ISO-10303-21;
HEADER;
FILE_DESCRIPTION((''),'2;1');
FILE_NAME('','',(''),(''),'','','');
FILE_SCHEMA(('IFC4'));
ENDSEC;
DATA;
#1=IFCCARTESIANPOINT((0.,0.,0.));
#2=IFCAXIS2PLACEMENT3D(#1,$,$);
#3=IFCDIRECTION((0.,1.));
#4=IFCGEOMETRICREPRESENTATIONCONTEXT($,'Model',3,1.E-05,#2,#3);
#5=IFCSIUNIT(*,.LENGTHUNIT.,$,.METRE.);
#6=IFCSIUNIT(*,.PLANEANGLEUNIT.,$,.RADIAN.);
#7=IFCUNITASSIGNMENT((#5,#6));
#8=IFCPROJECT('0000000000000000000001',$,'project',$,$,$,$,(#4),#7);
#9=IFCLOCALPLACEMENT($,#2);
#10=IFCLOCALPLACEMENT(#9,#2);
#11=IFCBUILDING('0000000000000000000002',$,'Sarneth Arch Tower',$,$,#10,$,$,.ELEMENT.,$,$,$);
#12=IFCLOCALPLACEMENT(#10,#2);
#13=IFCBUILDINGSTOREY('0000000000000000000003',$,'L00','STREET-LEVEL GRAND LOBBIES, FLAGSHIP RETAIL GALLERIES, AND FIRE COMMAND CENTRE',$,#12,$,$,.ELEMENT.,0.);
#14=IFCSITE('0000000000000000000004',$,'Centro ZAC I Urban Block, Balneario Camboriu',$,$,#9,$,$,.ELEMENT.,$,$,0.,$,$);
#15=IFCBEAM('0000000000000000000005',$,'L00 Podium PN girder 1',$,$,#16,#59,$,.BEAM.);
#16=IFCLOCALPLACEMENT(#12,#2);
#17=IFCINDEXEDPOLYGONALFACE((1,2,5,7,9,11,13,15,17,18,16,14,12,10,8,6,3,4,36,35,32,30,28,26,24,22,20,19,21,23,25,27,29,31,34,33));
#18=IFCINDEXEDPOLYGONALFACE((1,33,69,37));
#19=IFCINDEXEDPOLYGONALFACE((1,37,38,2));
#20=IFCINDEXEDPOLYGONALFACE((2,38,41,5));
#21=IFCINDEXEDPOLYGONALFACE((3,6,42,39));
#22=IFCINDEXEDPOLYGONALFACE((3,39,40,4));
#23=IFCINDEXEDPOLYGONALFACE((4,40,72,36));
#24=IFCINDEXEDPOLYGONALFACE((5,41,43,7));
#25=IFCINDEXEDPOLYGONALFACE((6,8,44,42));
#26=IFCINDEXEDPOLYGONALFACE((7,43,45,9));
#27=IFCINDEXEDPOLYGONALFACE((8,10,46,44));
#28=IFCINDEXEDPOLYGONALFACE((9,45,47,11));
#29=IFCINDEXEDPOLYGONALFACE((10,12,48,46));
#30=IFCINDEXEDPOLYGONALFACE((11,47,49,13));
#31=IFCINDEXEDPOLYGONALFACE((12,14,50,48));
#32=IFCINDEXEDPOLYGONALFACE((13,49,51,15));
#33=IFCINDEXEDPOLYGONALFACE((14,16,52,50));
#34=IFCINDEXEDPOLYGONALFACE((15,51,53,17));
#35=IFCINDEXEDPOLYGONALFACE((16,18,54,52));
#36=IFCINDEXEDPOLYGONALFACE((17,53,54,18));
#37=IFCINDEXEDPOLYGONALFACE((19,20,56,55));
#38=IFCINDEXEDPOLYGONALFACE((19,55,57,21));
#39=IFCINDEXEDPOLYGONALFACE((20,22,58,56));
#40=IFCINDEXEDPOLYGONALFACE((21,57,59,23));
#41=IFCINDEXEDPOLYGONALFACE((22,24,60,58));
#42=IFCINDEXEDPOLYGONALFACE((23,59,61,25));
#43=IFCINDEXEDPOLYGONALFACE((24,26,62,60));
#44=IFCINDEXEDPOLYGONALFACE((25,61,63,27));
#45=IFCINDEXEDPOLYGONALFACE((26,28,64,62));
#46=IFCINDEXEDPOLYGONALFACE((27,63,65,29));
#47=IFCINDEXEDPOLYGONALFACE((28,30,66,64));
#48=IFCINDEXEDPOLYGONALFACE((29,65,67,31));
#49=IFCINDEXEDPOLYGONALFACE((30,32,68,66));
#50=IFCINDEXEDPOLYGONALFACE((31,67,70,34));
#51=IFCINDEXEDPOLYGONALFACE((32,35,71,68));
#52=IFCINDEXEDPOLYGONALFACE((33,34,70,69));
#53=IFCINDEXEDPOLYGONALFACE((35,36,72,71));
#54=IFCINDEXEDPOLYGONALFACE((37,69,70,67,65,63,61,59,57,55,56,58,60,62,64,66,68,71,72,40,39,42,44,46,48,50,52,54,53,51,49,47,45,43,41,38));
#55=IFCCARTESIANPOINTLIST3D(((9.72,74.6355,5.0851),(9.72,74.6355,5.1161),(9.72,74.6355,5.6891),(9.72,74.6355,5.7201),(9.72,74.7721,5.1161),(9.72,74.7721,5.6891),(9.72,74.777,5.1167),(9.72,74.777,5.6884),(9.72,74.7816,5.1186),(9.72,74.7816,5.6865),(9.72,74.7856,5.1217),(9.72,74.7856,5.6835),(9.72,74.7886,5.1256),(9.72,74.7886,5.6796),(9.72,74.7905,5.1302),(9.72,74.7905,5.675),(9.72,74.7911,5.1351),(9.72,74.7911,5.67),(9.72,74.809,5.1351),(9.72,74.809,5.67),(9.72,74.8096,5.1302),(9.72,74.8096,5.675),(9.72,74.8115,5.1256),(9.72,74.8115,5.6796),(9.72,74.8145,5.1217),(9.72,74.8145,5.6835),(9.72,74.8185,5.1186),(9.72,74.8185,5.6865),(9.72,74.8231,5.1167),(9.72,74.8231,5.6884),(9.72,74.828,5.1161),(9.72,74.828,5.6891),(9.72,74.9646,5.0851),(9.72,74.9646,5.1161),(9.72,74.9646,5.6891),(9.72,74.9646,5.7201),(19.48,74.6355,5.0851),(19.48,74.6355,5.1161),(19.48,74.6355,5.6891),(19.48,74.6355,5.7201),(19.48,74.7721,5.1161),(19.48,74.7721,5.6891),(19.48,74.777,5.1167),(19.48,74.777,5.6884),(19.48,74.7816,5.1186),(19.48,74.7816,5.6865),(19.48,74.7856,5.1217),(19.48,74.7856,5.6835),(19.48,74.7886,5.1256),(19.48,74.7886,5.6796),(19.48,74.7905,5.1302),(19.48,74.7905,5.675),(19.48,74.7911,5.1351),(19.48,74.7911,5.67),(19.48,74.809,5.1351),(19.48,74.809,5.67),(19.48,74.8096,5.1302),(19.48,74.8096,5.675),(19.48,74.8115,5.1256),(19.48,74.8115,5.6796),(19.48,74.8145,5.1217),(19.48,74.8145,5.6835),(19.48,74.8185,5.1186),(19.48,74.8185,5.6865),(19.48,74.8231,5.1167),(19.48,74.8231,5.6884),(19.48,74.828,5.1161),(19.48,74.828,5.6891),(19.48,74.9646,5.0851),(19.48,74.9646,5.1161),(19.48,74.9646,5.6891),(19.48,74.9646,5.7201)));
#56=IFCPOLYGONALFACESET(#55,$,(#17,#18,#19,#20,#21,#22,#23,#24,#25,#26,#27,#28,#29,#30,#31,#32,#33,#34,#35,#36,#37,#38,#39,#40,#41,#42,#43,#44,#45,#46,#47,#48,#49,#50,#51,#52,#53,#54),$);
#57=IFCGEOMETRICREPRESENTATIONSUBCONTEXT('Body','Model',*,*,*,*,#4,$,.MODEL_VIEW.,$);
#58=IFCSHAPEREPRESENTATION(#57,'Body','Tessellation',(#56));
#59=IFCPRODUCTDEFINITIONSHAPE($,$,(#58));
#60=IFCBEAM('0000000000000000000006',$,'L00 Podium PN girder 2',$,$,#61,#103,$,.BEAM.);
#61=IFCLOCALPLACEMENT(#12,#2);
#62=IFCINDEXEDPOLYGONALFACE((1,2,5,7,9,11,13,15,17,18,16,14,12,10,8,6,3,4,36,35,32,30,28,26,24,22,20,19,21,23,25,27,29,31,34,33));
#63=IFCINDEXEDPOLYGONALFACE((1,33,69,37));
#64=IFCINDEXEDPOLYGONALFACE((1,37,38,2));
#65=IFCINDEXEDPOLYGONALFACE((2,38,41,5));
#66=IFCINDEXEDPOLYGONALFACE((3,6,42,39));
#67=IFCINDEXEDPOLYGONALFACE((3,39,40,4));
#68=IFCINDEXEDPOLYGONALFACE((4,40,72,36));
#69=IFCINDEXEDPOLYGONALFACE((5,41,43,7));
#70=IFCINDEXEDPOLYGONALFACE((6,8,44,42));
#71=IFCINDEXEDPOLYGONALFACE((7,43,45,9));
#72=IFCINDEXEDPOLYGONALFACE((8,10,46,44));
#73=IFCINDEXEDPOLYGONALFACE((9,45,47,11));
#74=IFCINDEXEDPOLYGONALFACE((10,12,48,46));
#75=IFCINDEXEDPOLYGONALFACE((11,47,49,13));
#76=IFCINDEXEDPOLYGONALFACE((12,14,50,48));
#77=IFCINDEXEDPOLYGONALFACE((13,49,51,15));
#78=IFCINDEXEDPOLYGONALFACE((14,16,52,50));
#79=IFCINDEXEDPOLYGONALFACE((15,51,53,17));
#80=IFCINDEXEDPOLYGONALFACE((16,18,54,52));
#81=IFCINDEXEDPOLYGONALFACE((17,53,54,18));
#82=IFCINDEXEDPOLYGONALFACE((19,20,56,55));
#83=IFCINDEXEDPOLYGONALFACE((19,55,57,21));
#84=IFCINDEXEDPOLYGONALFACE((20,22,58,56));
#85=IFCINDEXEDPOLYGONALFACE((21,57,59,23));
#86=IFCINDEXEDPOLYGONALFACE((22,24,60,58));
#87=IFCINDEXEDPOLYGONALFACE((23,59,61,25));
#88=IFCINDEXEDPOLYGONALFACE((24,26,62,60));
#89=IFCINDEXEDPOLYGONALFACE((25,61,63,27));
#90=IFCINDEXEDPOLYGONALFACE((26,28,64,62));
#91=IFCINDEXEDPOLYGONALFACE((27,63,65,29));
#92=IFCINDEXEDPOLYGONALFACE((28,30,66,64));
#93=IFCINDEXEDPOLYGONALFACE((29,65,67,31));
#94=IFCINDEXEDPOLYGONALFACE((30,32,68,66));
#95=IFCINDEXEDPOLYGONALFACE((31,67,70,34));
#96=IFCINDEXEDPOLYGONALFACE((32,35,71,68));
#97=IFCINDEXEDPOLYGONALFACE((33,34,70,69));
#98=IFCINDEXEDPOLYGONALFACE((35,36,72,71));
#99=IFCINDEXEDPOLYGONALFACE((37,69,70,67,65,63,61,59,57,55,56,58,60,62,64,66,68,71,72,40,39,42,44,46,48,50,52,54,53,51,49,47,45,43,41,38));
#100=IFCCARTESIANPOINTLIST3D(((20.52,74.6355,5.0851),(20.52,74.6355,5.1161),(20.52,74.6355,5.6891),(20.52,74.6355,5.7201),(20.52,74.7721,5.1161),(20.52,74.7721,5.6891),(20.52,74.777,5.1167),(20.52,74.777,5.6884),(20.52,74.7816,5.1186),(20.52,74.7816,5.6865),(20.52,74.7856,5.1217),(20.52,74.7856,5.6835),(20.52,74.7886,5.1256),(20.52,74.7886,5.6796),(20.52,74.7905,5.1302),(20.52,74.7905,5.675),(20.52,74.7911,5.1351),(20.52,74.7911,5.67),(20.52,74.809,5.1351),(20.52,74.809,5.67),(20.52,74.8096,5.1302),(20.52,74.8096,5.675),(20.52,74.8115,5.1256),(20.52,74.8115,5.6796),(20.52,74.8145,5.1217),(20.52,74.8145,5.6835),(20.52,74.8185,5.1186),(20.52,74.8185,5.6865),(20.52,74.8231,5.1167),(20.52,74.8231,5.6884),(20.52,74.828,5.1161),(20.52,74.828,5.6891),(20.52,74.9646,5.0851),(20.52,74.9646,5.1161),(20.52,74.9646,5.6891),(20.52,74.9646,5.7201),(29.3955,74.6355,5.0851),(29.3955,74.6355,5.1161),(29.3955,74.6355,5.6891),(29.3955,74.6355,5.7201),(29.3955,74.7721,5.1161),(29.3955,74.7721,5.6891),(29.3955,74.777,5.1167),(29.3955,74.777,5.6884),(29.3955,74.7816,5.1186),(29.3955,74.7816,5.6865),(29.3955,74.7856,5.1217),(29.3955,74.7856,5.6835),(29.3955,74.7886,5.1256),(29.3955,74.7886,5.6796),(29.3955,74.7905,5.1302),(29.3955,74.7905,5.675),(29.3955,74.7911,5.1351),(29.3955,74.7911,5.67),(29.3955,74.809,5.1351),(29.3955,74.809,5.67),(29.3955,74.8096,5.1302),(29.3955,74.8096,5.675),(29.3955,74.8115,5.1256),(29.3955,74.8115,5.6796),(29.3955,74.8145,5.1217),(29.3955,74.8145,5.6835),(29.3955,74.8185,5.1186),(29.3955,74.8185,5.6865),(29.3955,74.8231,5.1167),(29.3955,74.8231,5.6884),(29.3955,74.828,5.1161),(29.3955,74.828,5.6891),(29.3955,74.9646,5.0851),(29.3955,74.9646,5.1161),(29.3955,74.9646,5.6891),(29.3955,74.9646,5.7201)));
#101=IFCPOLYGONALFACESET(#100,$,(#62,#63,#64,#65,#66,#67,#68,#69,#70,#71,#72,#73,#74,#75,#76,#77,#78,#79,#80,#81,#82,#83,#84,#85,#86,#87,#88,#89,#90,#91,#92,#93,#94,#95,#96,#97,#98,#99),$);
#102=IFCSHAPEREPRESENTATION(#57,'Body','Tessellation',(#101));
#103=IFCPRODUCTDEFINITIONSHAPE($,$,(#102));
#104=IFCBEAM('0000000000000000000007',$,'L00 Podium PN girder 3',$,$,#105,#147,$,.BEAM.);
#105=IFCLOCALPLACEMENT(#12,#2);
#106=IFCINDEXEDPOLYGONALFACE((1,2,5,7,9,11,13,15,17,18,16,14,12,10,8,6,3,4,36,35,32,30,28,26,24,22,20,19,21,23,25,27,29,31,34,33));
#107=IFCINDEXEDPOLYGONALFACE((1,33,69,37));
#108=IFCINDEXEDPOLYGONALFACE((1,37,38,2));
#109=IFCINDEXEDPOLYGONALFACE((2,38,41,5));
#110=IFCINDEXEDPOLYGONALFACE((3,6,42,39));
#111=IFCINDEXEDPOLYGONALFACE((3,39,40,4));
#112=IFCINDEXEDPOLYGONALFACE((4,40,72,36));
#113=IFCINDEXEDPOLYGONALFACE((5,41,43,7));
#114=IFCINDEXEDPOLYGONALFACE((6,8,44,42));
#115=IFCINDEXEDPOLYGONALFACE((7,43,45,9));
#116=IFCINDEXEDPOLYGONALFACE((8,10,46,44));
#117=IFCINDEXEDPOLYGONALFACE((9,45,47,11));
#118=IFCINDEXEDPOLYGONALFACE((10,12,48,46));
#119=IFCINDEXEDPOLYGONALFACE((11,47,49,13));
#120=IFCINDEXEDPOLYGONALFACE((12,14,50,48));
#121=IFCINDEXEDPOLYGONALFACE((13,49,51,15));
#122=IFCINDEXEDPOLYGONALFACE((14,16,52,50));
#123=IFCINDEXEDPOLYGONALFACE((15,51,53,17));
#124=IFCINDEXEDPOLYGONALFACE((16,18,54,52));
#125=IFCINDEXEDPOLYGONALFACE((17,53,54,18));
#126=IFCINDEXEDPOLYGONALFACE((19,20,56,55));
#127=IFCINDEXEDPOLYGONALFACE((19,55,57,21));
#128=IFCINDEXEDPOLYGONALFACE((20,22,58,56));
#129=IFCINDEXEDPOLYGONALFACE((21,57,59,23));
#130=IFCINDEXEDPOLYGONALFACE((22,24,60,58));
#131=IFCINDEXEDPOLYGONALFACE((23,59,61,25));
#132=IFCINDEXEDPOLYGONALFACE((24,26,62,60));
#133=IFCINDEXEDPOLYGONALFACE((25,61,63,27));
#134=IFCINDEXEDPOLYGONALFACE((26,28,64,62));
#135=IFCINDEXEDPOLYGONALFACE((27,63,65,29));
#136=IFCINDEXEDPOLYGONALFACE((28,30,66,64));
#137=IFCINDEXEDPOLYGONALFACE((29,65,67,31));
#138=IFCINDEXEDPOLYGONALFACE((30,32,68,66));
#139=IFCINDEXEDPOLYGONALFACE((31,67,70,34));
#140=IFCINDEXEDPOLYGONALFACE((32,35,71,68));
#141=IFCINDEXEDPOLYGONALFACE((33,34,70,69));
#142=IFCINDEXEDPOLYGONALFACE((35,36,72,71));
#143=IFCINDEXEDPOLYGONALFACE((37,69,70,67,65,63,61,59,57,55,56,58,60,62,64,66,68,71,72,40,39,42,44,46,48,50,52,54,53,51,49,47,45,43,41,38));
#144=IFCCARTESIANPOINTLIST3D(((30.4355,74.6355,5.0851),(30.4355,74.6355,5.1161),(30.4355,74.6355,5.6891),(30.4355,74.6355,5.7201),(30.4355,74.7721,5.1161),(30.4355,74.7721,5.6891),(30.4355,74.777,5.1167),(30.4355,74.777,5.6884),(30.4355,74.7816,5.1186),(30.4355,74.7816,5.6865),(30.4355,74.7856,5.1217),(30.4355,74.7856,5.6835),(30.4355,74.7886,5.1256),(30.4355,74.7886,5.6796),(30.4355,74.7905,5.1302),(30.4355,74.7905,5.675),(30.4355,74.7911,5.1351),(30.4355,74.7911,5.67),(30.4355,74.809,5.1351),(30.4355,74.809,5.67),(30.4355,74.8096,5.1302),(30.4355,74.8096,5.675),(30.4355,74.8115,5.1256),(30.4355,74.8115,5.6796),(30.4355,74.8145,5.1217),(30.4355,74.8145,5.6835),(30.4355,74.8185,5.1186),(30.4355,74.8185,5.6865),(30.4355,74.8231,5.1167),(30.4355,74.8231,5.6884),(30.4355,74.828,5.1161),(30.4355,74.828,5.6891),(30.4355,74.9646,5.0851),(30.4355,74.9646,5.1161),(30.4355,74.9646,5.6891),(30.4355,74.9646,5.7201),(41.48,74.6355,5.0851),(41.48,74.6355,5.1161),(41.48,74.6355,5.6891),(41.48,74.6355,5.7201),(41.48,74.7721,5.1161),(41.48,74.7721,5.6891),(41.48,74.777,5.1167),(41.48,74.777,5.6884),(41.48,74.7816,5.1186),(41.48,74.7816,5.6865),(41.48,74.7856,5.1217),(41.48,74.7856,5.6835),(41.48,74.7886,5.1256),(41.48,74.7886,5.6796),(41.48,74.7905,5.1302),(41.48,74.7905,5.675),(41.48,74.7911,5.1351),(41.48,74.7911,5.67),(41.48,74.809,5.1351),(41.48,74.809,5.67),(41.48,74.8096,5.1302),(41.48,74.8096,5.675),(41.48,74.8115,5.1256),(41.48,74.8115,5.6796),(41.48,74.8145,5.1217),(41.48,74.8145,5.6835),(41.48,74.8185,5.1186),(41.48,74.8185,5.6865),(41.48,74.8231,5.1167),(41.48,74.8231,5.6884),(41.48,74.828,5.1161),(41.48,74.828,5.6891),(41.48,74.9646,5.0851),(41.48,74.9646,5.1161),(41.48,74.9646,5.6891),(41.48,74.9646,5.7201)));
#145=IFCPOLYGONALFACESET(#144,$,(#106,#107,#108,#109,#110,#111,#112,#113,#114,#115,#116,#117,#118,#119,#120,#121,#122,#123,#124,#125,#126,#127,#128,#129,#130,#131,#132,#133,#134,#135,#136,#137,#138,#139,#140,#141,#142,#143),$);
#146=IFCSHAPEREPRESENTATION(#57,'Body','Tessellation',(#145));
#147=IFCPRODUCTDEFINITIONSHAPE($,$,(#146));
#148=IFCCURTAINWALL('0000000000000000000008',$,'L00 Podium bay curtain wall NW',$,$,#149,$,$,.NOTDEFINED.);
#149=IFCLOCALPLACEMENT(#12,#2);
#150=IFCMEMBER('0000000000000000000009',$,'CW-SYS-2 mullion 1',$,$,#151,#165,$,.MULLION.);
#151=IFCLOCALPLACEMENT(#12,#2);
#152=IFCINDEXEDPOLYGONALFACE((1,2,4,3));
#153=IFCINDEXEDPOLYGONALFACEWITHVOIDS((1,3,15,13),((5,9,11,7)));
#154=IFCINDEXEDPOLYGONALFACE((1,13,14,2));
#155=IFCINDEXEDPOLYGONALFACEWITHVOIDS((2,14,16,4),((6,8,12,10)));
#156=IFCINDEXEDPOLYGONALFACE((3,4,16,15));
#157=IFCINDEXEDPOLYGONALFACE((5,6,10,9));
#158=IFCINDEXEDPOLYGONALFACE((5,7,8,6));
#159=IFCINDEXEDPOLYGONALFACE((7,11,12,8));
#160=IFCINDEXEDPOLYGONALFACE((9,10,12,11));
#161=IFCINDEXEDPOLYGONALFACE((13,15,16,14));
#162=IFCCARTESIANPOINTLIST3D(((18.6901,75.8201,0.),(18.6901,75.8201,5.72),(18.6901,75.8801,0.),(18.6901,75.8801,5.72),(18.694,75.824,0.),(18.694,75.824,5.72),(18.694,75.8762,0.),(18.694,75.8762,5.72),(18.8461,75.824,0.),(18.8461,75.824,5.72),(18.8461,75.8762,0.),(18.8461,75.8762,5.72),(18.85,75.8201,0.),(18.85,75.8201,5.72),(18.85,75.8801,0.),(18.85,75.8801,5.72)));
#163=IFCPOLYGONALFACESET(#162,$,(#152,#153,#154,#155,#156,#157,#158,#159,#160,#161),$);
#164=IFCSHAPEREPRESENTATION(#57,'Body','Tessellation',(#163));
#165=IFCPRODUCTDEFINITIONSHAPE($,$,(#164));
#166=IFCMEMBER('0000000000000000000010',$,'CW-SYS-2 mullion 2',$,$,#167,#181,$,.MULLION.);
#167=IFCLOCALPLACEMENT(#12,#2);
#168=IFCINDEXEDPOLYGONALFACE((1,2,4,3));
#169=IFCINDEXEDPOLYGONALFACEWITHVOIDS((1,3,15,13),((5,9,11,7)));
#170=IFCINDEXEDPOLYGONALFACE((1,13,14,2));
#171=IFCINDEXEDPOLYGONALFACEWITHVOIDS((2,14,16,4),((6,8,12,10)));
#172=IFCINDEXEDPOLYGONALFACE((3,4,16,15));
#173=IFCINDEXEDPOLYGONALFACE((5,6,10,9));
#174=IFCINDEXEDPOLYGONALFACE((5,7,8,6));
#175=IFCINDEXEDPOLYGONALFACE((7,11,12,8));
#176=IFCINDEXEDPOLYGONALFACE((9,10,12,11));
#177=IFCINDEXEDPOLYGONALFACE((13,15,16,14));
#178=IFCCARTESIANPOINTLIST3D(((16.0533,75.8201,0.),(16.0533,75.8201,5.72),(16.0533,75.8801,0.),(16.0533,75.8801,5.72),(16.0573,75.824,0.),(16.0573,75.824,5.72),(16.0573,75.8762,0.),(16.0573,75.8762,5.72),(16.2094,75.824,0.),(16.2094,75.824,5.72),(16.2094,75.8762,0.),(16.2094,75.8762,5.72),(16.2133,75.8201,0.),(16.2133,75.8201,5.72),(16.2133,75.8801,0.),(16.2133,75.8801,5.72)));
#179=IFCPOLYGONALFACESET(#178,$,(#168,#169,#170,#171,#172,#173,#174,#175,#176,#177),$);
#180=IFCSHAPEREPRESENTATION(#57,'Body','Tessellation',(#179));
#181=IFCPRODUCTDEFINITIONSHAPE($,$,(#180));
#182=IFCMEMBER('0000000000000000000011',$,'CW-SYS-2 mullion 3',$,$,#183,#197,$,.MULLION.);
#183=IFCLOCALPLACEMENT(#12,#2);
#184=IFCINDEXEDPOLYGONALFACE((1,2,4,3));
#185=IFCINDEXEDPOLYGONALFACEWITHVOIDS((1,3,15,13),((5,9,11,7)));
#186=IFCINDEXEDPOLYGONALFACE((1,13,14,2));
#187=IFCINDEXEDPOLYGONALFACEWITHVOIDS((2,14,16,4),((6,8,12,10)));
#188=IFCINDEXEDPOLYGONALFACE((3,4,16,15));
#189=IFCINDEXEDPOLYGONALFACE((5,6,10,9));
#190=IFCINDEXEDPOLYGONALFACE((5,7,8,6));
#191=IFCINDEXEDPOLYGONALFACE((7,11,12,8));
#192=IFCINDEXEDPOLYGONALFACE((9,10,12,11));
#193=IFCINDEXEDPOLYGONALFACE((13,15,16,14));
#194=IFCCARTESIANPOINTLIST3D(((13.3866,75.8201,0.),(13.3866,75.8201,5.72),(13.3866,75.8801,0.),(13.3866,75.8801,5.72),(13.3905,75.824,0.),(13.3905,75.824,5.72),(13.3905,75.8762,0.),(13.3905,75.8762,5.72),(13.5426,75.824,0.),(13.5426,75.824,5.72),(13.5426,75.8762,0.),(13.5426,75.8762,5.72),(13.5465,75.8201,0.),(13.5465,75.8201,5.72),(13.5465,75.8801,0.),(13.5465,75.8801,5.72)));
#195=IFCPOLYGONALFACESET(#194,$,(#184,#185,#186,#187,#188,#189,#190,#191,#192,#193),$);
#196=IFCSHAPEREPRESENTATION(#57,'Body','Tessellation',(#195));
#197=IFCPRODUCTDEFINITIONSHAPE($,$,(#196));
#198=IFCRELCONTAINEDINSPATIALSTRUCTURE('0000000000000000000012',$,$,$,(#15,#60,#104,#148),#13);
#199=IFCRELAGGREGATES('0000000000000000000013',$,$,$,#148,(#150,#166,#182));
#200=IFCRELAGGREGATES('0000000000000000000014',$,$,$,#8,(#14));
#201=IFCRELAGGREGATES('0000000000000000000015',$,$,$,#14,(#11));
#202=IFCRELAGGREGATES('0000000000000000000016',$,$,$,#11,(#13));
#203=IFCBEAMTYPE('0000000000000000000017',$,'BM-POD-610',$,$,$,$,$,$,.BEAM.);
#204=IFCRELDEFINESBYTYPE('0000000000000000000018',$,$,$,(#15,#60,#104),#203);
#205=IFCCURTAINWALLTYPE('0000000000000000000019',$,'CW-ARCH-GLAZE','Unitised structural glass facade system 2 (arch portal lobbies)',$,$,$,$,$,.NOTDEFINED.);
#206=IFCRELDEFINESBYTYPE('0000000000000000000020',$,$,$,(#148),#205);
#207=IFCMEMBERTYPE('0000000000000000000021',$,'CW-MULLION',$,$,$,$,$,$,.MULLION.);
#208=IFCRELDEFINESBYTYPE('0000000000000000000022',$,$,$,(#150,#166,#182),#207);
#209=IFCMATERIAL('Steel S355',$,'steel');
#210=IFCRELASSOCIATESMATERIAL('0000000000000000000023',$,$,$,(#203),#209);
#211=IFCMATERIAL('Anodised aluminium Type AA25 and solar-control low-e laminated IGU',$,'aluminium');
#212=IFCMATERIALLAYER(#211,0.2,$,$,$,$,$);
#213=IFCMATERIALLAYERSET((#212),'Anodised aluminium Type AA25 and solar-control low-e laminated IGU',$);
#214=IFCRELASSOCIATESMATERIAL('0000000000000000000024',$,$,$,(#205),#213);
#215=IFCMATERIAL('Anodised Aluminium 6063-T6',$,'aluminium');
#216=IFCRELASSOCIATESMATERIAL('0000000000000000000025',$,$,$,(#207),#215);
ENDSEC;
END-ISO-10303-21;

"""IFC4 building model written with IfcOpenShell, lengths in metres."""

from ifc_helpers import new_model, si_unit, direction, frame, origin, origin_2d, place, context, subcontext, project, spatial, hollow_rectangle, i_section, extrude, material, layer, layer_set, material_profile, profile_set, type_object, element, aggregate, save


model = new_model("IFC4")

# Units and contexts
model_context = context("Model", 3, precision=1e-05, world=origin(), true_north=direction((0.0, 1.0)))
body_context = subcontext(model_context, "Body", "Model", "MODEL_VIEW")
ifc_project = project(units=[si_unit("LENGTHUNIT", "METRE"), si_unit("PLANEANGLEUNIT", "RADIAN")], contexts=[model_context])

# Site, building, storey
site_placement = place(None, origin())
site = spatial("IfcSite", under=ifc_project, at=site_placement, Name="Centro ZAC I Urban Block, Balneario Camboriu", CompositionType="ELEMENT", RefElevation=0.0)
building_placement = place(site_placement, origin())
building = spatial("IfcBuilding", under=site, at=building_placement, Name="Sarneth Arch Tower", CompositionType="ELEMENT")
storey_placement = place(building_placement, origin())
storey = spatial("IfcBuildingStorey", under=building, at=storey_placement, Name="L00", Description="STREET-LEVEL GRAND LOBBIES, FLAGSHIP RETAIL GALLERIES, AND FIRE COMMAND CENTRE", CompositionType="ELEMENT", Elevation=0.0)

# Beams
ifc_material_1 = material(Name="Steel S355", Category="steel")
ifc_material_profile_1 = material_profile(ifc_material_1, i_section(OverallWidth=0.3291, OverallDepth=0.635, WebThickness=0.0178, FlangeThickness=0.031, FilletRadius=0.019, at=origin_2d()), Name="W610x241")
ifc_profile_set_1 = profile_set([ifc_material_profile_1], Name="Steel S355")
beam_type_1 = type_object("IfcBeamType", Name="BM-POD-610", PredefinedType="BEAM", material=ifc_profile_set_1)
beam_1_placement = place(storey_placement, frame((9.72, 74.8, 5.4026), z_axis=(1.0, 0.0, 0.0), x_axis=(0.0, 1.0, 0.0)))
element("IfcBeam", 1, at=beam_1_placement, inside=storey, type_object=beam_type_1, Name="L00 Podium PN girder 1", PredefinedType="BEAM", context=body_context, shape_type="SweptSolid", body=[
    extrude(i_section(OverallWidth=0.3291, OverallDepth=0.635, WebThickness=0.0178, FlangeThickness=0.031, FilletRadius=0.019, at=origin_2d()), origin(), (0.0, 0.0, 1.0), 9.76),
])
beam_2_placement = place(storey_placement, frame((20.52, 74.8, 5.4026), z_axis=(1.0, 0.0, 0.0), x_axis=(0.0, 1.0, 0.0)))
element("IfcBeam", 2, at=beam_2_placement, inside=storey, type_object=beam_type_1, Name="L00 Podium PN girder 2", PredefinedType="BEAM", context=body_context, shape_type="SweptSolid", body=[
    extrude(i_section(OverallWidth=0.3291, OverallDepth=0.635, WebThickness=0.0178, FlangeThickness=0.031, FilletRadius=0.019, at=origin_2d()), origin(), (0.0, 0.0, 1.0), 8.8755),
])
beam_3_placement = place(storey_placement, frame((30.4355, 74.8, 5.4026), z_axis=(1.0, 0.0, 0.0), x_axis=(0.0, 1.0, 0.0)))
element("IfcBeam", 3, at=beam_3_placement, inside=storey, type_object=beam_type_1, Name="L00 Podium PN girder 3", PredefinedType="BEAM", context=body_context, shape_type="SweptSolid", body=[
    extrude(i_section(OverallWidth=0.3291, OverallDepth=0.635, WebThickness=0.0178, FlangeThickness=0.031, FilletRadius=0.019, at=origin_2d()), origin(), (0.0, 0.0, 1.0), 11.0444),
])

# Curtain wall, members
ifc_material_2 = material(Name="Anodised aluminium Type AA25 and solar-control low-e laminated IGU", Category="aluminium")
ifc_layer_1 = layer(ifc_material_2, 0.2)
ifc_layer_set_1 = layer_set([ifc_layer_1], Name="Anodised aluminium Type AA25 and solar-control low-e laminated IGU")
curtain_wall_type = type_object("IfcCurtainWallType", Name="CW-ARCH-GLAZE", Description="Unitised structural glass facade system 2 (arch portal lobbies)", PredefinedType="NOTDEFINED", material=ifc_layer_set_1)
curtain_wall_placement = place(storey_placement, origin())
curtain_wall = element("IfcCurtainWall", 4, at=curtain_wall_placement, inside=storey, type_object=curtain_wall_type, Name="L00 Podium bay curtain wall NW", PredefinedType="NOTDEFINED")
ifc_material_3 = material(Name="Anodised Aluminium 6063-T6", Category="aluminium")
ifc_material_profile_2 = material_profile(ifc_material_3, hollow_rectangle(XDim=0.0601, YDim=0.1599, WallThickness=0.0039, at=origin_2d()), Name="AL-MULL-160x60x4")
ifc_profile_set_2 = profile_set([ifc_material_profile_2], Name="Anodised Aluminium 6063-T6")
member_type_1 = type_object("IfcMemberType", Name="CW-MULLION", PredefinedType="MULLION", material=ifc_profile_set_2)
member_1_placement = place(storey_placement, frame((18.77, 75.8501, 0.0), z_axis=(0.0, 0.0, 1.0), x_axis=(0.0, -1.0, 0.0)))
member_1 = element("IfcMember", 5, at=member_1_placement, type_object=member_type_1, Name="CW-SYS-2 mullion 1", PredefinedType="MULLION", context=body_context, shape_type="SweptSolid", body=[
    extrude(hollow_rectangle(XDim=0.0601, YDim=0.1599, WallThickness=0.0039, at=origin_2d()), origin(), (0.0, 0.0, 1.0), 5.72),
])
member_2_placement = place(storey_placement, frame((16.1333, 75.8501, 0.0), z_axis=(0.0, 0.0, 1.0), x_axis=(0.0, -1.0, 0.0)))
member_2 = element("IfcMember", 6, at=member_2_placement, type_object=member_type_1, Name="CW-SYS-2 mullion 2", PredefinedType="MULLION", context=body_context, shape_type="SweptSolid", body=[
    extrude(hollow_rectangle(XDim=0.0601, YDim=0.1599, WallThickness=0.0039, at=origin_2d()), origin(), (0.0, 0.0, 1.0), 5.72),
])
member_3_placement = place(storey_placement, frame((13.4666, 75.8501, 0.0), z_axis=(0.0, 0.0, 1.0), x_axis=(0.0, -1.0, 0.0)))
member_3 = element("IfcMember", 7, at=member_3_placement, type_object=member_type_1, Name="CW-SYS-2 mullion 3", PredefinedType="MULLION", context=body_context, shape_type="SweptSolid", body=[
    extrude(hollow_rectangle(XDim=0.0601, YDim=0.1599, WallThickness=0.0039, at=origin_2d()), origin(), (0.0, 0.0, 1.0), 5.72),
])

aggregate(curtain_wall, [member_1, member_2, member_3])

save(model, "model.ifc")
